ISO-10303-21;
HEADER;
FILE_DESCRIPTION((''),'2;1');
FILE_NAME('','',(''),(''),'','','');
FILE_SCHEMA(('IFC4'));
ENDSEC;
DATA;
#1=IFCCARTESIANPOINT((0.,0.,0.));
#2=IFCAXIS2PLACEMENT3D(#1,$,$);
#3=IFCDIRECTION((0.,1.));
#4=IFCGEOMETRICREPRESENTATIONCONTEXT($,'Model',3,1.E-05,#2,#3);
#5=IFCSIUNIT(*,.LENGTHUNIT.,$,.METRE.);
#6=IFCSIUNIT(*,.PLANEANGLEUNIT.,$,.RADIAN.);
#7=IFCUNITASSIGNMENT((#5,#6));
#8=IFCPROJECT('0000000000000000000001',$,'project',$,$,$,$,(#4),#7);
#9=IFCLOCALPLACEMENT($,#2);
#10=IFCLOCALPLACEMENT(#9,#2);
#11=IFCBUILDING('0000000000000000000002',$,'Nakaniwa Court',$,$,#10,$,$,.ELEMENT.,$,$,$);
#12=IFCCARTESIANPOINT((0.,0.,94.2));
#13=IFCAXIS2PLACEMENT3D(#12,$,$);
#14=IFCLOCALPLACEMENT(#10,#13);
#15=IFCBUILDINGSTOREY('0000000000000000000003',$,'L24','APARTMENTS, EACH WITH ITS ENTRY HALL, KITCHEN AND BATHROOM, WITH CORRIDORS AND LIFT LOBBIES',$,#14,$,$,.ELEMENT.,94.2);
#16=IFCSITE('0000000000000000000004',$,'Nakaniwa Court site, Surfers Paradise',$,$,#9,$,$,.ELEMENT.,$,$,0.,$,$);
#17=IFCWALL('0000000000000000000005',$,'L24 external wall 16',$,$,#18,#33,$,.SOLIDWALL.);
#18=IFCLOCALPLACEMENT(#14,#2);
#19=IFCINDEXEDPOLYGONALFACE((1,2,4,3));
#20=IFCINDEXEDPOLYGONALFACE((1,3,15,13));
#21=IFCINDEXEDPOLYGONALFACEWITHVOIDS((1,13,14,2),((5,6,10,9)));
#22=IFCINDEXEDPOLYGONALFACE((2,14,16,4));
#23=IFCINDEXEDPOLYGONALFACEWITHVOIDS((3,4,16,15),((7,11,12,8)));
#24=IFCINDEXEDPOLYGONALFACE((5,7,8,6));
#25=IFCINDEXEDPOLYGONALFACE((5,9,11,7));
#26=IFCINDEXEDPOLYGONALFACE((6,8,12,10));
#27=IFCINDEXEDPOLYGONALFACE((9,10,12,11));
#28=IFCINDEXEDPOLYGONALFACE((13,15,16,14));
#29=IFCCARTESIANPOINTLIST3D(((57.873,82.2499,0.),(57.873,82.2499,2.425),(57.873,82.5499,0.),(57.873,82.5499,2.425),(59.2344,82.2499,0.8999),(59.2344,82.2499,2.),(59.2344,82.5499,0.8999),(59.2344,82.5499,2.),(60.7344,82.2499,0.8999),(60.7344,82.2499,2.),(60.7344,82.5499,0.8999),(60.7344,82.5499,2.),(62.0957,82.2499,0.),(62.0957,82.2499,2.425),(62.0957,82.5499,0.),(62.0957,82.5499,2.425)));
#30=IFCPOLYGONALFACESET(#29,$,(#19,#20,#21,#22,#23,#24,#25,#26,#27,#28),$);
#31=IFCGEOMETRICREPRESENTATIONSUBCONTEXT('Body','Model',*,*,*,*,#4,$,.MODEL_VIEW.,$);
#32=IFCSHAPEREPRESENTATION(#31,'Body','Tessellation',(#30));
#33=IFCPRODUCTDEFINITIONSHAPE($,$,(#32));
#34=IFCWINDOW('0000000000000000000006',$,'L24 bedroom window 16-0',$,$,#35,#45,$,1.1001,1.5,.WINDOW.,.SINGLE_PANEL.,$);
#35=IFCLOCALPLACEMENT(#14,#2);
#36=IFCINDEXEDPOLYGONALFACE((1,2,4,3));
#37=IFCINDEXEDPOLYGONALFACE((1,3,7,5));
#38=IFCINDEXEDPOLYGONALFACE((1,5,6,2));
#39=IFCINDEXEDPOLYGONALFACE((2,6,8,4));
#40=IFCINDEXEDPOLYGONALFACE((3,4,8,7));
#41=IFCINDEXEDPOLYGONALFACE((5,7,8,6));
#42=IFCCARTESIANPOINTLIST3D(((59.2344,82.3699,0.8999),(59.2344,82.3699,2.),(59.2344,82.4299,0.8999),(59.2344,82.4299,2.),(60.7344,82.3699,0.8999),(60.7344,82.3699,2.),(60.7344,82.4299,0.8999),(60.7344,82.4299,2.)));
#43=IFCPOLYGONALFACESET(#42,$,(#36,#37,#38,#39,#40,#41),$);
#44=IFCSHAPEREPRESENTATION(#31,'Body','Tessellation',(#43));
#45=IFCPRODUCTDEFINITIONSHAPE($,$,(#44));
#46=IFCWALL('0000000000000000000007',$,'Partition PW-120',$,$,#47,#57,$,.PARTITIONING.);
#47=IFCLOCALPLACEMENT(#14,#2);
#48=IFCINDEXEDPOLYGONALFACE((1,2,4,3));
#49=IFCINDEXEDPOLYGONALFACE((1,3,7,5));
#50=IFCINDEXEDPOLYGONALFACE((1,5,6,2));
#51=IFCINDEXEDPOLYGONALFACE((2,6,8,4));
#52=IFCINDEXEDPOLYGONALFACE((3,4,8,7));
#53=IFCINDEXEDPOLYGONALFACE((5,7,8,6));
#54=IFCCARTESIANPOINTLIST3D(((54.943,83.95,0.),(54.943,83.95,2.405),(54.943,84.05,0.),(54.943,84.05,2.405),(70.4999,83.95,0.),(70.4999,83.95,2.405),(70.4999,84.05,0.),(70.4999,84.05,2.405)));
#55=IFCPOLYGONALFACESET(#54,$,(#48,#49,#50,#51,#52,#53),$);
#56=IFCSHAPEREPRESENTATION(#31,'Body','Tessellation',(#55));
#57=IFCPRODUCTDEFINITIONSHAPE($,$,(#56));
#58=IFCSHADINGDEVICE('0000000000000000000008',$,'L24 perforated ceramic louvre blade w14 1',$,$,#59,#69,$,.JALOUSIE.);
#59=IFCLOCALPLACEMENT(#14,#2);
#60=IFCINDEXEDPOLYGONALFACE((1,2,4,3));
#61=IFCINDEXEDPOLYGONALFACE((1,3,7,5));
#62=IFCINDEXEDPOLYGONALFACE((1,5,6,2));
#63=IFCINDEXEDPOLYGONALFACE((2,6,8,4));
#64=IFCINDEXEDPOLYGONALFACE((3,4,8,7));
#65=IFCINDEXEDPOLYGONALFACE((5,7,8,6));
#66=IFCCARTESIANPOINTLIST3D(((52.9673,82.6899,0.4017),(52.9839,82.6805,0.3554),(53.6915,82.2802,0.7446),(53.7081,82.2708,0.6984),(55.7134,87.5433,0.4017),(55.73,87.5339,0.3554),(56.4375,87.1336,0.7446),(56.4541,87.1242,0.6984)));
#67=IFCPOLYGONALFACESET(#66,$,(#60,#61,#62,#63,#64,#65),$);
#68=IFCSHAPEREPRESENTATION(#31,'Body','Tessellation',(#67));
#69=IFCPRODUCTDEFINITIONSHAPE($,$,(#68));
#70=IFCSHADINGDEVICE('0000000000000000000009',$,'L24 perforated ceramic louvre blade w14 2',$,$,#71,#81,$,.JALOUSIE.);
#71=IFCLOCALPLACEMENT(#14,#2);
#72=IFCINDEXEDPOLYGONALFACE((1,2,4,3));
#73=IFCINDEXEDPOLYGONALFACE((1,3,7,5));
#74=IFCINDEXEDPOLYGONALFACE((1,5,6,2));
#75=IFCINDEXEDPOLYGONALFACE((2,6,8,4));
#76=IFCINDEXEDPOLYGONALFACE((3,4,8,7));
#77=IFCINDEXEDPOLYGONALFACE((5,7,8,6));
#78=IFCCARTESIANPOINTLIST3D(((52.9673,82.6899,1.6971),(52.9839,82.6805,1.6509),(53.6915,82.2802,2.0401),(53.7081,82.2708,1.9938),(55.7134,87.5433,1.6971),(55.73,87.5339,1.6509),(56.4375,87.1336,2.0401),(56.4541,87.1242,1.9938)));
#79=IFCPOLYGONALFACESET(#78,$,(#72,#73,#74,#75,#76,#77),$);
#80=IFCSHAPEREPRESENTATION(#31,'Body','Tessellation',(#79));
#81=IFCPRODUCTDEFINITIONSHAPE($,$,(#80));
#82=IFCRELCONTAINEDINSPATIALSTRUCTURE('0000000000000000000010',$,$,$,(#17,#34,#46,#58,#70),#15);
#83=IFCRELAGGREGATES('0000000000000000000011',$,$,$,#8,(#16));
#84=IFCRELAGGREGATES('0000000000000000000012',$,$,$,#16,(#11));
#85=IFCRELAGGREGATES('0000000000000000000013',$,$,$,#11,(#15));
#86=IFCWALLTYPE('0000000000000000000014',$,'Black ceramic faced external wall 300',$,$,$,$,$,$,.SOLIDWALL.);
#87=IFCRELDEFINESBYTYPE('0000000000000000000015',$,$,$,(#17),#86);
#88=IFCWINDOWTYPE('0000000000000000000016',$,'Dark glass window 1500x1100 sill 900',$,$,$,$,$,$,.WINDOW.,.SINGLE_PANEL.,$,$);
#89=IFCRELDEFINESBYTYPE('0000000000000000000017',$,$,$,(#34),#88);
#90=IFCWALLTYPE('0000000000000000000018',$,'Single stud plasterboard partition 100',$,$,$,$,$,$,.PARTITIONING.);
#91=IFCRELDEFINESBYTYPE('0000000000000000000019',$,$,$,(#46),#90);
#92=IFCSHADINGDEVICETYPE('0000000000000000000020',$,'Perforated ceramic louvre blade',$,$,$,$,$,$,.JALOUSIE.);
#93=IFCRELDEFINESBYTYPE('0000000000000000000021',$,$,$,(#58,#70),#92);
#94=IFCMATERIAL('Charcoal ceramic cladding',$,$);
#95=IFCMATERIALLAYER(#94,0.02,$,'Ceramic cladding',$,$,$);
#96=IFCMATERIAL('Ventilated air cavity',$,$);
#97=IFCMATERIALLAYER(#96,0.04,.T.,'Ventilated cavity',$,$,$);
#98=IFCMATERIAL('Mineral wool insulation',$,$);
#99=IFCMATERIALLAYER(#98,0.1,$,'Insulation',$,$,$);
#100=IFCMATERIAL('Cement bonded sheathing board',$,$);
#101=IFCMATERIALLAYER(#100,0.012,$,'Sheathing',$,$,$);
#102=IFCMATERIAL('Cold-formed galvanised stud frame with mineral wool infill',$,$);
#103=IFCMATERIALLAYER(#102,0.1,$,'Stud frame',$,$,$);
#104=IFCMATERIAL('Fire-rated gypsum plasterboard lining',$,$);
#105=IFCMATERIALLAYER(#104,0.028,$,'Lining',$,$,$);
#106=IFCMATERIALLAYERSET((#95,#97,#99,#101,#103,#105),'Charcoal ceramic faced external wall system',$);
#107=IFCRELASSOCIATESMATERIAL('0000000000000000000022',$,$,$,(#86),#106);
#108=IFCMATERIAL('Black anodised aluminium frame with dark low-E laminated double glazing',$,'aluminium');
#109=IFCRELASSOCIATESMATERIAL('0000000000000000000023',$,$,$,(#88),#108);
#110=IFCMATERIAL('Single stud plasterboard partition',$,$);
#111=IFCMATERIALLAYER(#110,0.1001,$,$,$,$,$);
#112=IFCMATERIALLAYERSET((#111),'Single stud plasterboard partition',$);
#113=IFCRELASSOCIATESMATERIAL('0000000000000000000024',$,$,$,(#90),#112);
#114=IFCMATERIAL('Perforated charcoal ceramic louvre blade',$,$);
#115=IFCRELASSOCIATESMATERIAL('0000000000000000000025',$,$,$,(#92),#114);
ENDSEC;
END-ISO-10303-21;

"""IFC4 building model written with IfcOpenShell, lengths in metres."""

from ifc_helpers import new_model, si_unit, direction, frame, frame_2d, origin, origin_2d, place, context, subcontext, project, spatial, rectangle, extrude, material, layer, layer_set, material_profile, profile_set, type_object, element, fill, save


model = new_model("IFC4")

# Units and contexts
model_context = context("Model", 3, precision=1e-05, world=origin(), true_north=direction((0.0, 1.0)))
body_context = subcontext(model_context, "Body", "Model", "MODEL_VIEW")
ifc_project = project(units=[si_unit("LENGTHUNIT", "METRE"), si_unit("PLANEANGLEUNIT", "RADIAN")], contexts=[model_context])

# Site, building, storey
site_placement = place(None, origin())
site = spatial("IfcSite", under=ifc_project, at=site_placement, Name="Nakaniwa Court site, Surfers Paradise", CompositionType="ELEMENT", RefElevation=0.0)
building_placement = place(site_placement, origin())
building = spatial("IfcBuilding", under=site, at=building_placement, Name="Nakaniwa Court", CompositionType="ELEMENT")
storey_placement = place(building_placement, frame((0.0, 0.0, 94.2)))
storey = spatial("IfcBuildingStorey", under=building, at=storey_placement, Name="L24", Description="APARTMENTS, EACH WITH ITS ENTRY HALL, KITCHEN AND BATHROOM, WITH CORRIDORS AND LIFT LOBBIES", CompositionType="ELEMENT", Elevation=94.2)

# Shared definitions
ifc_material_1 = material(Name="Charcoal ceramic cladding")
ifc_layer_1 = layer(ifc_material_1, 0.02, Name="Ceramic cladding")
ifc_material_2 = material(Name="Ventilated air cavity")
ifc_layer_2 = layer(ifc_material_2, 0.04, ventilated=True, Name="Ventilated cavity")
ifc_material_3 = material(Name="Mineral wool insulation")
ifc_layer_3 = layer(ifc_material_3, 0.1, Name="Insulation")
ifc_material_4 = material(Name="Cement bonded sheathing board")
ifc_layer_4 = layer(ifc_material_4, 0.012, Name="Sheathing")
ifc_material_5 = material(Name="Cold-formed galvanised stud frame with mineral wool infill")
ifc_layer_5 = layer(ifc_material_5, 0.1, Name="Stud frame")
ifc_material_6 = material(Name="Fire-rated gypsum plasterboard lining")
ifc_layer_6 = layer(ifc_material_6, 0.028, Name="Lining")
ifc_layer_set_1 = layer_set([ifc_layer_1, ifc_layer_2, ifc_layer_3, ifc_layer_4, ifc_layer_5, ifc_layer_6], Name="Charcoal ceramic faced external wall system")
wall_type_1 = type_object("IfcWallType", Name="Black ceramic faced external wall 300", PredefinedType="SOLIDWALL", material=ifc_layer_set_1)
ifc_material_7 = material(Name="Black anodised aluminium frame with dark low-E laminated double glazing", Category="aluminium")

# Wall, opening, window
window_type_1 = type_object("IfcWindowType", Name="Dark glass window 1500x1100 sill 900", PartitioningType="SINGLE_PANEL", PredefinedType="WINDOW", material=ifc_material_7)
wall_1_placement = place(storey_placement, frame((57.873, 82.3999, 0.0), z_axis=(0.0, 0.0, 1.0), x_axis=(1.0, 0.0, 0.0)))
wall_1 = element("IfcWall", 1, at=wall_1_placement, inside=storey, type_object=wall_type_1, Name="L24 external wall 16", PredefinedType="SOLIDWALL", context=body_context, shape_type="SweptSolid", body=[
    extrude(rectangle(XDim=4.2227, YDim=0.3, at=frame_2d((2.1113, 0.0))), origin(), (0.0, 0.0, 1.0), 2.425),
])
opening_1_placement = place(wall_1_placement, frame((1.3613, 0.0, 0.8999)))
opening_1 = element("IfcOpeningElement", 2, at=opening_1_placement, cuts=wall_1, PredefinedType="OPENING", context=body_context, shape_type="SweptSolid", body=[
    extrude(rectangle(XDim=1.5, YDim=1.1001, at=frame_2d((0.75, 0.55))), frame((0.0, 0.1599, 0.0), z_axis=(0.0, -1.0, 0.0), x_axis=(1.0, 0.0, 0.0)), (0.0, 0.0, 1.0), 0.3201),
])
window_1_placement = place(opening_1_placement, origin())
window_1 = element("IfcWindow", 3, at=window_1_placement, inside=storey, type_object=window_type_1, Name="L24 bedroom window 16-0", OverallHeight=1.1001, OverallWidth=1.5, PartitioningType="SINGLE_PANEL", PredefinedType="WINDOW", context=body_context, shape_type="SweptSolid", body=[
    extrude(rectangle(XDim=1.5, YDim=1.1001, at=frame_2d((0.75, 0.55))), frame((0.0, 0.03, 0.0), z_axis=(0.0, -1.0, 0.0), x_axis=(1.0, 0.0, 0.0)), (0.0, 0.0, 1.0), 0.0601),
])
fill(opening_1, window_1)

# Wall
ifc_material_8 = material(Name="Single stud plasterboard partition")
ifc_layer_7 = layer(ifc_material_8, 0.1001)
ifc_layer_set_2 = layer_set([ifc_layer_7], Name="Single stud plasterboard partition")
wall_type_2 = type_object("IfcWallType", Name="Single stud plasterboard partition 100", PredefinedType="PARTITIONING", material=ifc_layer_set_2)
wall_2_placement = place(storey_placement, frame((54.9431, 84.0, 0.0), z_axis=(0.0, 0.0, 1.0), x_axis=(1.0, 0.0, 0.0)))
element("IfcWall", 4, at=wall_2_placement, inside=storey, type_object=wall_type_2, Name="Partition PW-120", PredefinedType="PARTITIONING", context=body_context, shape_type="SweptSolid", body=[
    extrude(rectangle(XDim=15.5569, YDim=0.1001, at=frame_2d((7.7783, 0.0))), origin(), (0.0, 0.0, 1.0), 2.405),
])

# Shading devices
ifc_material_9 = material(Name="Perforated charcoal ceramic louvre blade")
ifc_material_profile_1 = material_profile(ifc_material_9, rectangle(XDim=0.8999, YDim=0.05, at=origin_2d()), Name="Perforated ceramic louvre blade")
ifc_profile_set_1 = profile_set([ifc_material_profile_1], Name="Perforated charcoal ceramic louvre blade")
shading_device_type = type_object("IfcShadingDeviceType", Name="Perforated ceramic louvre blade", PredefinedType="JALOUSIE", material=ifc_profile_set_1)
for number, where, z_axis, x_axis, name in (
    (5, (56.0837, 87.3337, 0.55), (-0.492438, -0.870347, 0.0), (0.804676, -0.455282, 0.38107), "L24 perforated ceramic louvre blade w14 1"),
    (6, (56.0837, 87.3337, 1.8455), (-0.492438, -0.870347, 0.0), (0.804676, -0.455282, 0.38107), "L24 perforated ceramic louvre blade w14 2"),
):
    element("IfcShadingDevice", number, at=place(storey_placement, frame(where, z_axis=z_axis, x_axis=x_axis)), inside=storey, type_object=shading_device_type, Name=name, PredefinedType="JALOUSIE", context=body_context, shape_type="SweptSolid", body=[
        extrude(rectangle(XDim=0.8999, YDim=0.05, at=origin_2d()), origin(), (0.0, 0.0, 1.0), 5.5764),
    ])

save(model, "model.ifc")
